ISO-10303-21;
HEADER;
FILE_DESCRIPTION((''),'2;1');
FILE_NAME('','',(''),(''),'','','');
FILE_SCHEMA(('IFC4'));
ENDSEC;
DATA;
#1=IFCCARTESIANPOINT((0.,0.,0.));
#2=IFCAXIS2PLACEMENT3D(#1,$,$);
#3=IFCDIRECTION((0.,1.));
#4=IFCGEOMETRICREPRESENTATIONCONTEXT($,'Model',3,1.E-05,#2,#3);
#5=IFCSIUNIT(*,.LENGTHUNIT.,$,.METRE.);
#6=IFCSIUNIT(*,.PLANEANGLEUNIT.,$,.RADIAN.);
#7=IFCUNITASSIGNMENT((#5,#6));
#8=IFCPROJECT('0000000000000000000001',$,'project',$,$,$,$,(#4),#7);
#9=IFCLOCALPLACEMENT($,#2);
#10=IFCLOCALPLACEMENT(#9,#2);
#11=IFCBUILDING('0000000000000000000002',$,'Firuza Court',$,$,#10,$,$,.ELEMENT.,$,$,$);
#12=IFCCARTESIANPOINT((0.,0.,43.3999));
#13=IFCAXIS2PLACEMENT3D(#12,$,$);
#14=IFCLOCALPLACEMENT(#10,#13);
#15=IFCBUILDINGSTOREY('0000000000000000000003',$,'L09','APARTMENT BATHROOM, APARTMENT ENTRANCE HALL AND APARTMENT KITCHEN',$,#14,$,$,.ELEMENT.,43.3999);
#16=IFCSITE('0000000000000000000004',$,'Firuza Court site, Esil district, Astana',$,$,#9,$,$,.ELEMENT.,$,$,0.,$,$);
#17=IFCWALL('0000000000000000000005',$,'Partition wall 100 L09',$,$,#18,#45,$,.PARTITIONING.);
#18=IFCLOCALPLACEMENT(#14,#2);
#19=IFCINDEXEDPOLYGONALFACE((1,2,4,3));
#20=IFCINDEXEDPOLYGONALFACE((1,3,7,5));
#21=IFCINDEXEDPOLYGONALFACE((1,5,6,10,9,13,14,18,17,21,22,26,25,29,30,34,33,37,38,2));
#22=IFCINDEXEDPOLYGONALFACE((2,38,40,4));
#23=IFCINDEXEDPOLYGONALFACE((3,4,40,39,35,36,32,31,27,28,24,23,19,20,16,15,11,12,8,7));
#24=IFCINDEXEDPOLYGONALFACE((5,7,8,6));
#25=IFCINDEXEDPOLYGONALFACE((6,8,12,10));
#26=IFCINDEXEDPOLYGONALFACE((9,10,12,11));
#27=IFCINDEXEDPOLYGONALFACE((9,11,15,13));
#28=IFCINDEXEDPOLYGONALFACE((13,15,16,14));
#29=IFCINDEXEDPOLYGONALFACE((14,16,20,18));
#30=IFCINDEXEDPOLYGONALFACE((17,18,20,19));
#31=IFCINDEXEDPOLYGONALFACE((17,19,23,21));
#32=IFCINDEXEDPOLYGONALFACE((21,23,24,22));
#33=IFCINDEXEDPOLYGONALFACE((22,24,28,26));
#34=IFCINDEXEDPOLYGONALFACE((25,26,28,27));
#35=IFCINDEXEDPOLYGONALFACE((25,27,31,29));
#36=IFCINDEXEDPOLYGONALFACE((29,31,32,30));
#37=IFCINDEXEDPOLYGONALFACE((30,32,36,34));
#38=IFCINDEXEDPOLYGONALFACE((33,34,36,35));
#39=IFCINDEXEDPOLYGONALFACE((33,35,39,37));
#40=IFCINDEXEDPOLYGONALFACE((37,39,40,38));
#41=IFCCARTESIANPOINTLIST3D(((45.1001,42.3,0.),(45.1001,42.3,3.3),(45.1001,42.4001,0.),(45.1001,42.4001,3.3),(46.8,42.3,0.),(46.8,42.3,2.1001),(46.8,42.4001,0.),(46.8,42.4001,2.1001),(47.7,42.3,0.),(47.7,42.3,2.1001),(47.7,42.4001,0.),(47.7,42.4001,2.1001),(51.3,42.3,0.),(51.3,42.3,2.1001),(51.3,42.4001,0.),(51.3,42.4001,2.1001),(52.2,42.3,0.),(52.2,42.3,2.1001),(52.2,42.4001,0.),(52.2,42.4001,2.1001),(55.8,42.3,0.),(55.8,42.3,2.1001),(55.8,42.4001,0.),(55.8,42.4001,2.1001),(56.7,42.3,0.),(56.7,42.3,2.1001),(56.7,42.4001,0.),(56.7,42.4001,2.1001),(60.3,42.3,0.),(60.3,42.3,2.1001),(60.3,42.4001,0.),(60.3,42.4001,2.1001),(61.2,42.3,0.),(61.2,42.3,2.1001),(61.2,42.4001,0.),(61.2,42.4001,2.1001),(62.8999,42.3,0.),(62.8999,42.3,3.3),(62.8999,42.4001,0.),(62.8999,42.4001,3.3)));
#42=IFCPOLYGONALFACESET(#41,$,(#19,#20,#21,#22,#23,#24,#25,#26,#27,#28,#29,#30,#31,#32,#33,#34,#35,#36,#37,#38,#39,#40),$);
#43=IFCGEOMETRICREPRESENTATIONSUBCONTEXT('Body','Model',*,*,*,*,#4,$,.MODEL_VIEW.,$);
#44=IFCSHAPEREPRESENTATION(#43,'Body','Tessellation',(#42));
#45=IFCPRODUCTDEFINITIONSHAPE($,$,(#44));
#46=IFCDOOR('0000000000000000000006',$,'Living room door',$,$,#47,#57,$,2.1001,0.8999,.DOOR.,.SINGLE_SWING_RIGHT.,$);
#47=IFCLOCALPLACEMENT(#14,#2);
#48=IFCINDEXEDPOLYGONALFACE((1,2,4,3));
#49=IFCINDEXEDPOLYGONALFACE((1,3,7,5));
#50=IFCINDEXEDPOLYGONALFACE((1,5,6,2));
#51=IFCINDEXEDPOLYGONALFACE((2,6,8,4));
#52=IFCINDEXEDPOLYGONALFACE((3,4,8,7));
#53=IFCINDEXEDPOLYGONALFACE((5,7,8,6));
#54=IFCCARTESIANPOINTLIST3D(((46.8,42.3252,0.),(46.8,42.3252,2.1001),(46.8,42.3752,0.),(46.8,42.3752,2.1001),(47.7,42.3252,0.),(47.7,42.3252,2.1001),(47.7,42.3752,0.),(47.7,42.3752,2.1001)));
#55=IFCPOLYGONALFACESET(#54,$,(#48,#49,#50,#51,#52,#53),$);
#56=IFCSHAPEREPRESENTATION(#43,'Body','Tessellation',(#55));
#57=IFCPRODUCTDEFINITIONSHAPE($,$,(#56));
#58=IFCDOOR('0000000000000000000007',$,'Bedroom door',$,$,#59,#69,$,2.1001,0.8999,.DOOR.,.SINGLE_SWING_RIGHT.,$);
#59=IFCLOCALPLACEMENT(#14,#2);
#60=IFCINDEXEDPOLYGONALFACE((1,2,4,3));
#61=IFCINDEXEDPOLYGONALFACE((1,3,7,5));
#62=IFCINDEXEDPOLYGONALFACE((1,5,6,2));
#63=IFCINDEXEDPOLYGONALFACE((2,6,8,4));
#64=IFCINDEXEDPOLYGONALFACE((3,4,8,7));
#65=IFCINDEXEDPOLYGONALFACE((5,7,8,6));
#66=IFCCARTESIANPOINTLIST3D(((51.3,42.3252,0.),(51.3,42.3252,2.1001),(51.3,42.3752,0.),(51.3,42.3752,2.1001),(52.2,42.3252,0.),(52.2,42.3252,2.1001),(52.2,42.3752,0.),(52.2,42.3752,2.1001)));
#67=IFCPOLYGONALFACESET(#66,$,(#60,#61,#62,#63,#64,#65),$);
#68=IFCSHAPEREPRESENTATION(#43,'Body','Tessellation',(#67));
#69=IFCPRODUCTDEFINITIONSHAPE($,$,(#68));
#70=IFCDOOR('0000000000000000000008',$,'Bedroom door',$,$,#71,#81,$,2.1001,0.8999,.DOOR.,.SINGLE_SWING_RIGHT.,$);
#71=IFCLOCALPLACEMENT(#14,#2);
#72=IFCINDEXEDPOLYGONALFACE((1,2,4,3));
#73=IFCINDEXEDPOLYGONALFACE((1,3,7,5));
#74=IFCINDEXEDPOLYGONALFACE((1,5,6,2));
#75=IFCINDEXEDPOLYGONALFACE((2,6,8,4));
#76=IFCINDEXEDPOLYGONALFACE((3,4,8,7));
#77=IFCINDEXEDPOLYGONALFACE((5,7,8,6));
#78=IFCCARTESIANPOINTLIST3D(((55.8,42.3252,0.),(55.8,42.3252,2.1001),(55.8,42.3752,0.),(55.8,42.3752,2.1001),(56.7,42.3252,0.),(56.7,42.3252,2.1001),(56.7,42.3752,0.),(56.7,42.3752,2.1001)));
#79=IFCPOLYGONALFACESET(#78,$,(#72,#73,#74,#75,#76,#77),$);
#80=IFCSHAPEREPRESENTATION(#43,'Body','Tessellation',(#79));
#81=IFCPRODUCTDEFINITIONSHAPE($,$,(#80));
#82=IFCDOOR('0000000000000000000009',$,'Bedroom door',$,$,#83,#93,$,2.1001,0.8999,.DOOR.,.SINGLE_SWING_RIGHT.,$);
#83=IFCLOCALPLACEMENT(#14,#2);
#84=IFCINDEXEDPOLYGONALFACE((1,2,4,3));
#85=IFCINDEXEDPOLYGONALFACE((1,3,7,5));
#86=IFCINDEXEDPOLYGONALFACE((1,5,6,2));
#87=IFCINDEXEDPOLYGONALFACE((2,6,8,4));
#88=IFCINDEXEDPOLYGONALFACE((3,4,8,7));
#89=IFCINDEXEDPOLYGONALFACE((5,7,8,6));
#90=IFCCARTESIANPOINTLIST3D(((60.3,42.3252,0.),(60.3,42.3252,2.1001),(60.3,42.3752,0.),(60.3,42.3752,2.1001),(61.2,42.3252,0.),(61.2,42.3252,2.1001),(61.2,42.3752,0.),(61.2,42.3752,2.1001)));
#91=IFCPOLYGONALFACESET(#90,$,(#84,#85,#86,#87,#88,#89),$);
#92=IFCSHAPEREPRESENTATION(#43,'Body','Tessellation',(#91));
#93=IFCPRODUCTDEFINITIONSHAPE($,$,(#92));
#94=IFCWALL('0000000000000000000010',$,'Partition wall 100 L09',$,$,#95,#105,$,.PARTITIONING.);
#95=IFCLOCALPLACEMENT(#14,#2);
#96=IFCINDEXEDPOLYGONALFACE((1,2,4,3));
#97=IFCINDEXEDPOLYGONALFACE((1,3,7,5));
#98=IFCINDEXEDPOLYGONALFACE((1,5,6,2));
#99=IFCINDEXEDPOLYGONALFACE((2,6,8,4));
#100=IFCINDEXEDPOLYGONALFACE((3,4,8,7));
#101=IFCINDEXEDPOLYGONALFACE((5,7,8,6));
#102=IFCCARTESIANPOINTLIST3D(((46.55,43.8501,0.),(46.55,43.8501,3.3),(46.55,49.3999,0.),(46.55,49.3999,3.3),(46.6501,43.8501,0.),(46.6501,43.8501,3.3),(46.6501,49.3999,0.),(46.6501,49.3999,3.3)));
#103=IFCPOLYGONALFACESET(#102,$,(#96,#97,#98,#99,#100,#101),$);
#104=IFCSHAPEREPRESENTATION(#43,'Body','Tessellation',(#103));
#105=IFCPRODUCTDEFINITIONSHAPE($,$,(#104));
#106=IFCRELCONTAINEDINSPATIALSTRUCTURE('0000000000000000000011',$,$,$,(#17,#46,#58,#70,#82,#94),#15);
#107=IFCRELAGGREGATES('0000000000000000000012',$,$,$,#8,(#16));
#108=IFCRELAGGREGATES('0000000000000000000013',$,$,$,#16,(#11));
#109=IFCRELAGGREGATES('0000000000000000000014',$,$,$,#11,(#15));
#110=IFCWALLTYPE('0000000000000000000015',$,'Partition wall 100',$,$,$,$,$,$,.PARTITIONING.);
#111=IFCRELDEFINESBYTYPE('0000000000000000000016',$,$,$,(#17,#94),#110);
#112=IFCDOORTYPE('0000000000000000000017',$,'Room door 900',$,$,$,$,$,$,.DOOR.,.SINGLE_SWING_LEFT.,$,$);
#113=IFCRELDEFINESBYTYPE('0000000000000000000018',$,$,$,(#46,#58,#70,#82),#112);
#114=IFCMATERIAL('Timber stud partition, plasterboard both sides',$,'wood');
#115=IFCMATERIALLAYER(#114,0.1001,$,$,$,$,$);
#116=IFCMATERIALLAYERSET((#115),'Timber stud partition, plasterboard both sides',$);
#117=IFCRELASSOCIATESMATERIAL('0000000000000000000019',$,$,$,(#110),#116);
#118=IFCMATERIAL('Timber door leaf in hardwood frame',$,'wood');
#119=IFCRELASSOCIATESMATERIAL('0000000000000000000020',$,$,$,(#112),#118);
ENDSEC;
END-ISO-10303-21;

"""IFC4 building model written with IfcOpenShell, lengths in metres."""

from ifc_helpers import new_model, si_unit, direction, frame, frame_2d, origin, place, context, subcontext, project, spatial, rectangle, extrude, material, layer, layer_set, type_object, element, fill, save


model = new_model("IFC4")

# Units and contexts
model_context = context("Model", 3, precision=1e-05, world=origin(), true_north=direction((0.0, 1.0)))
body_context = subcontext(model_context, "Body", "Model", "MODEL_VIEW")
ifc_project = project(units=[si_unit("LENGTHUNIT", "METRE"), si_unit("PLANEANGLEUNIT", "RADIAN")], contexts=[model_context])

# Site, building, storey
site_placement = place(None, origin())
site = spatial("IfcSite", under=ifc_project, at=site_placement, Name="Firuza Court site, Esil district, Astana", CompositionType="ELEMENT", RefElevation=0.0)
building_placement = place(site_placement, origin())
building = spatial("IfcBuilding", under=site, at=building_placement, Name="Firuza Court", CompositionType="ELEMENT")
storey_placement = place(building_placement, frame((0.0, 0.0, 43.3999)))
storey = spatial("IfcBuildingStorey", under=building, at=storey_placement, Name="L09", Description="APARTMENT BATHROOM, APARTMENT ENTRANCE HALL AND APARTMENT KITCHEN", CompositionType="ELEMENT", Elevation=43.3999)

# Shared definitions
ifc_material_1 = material(Name="Timber stud partition, plasterboard both sides", Category="wood")
ifc_layer_1 = layer(ifc_material_1, 0.1001)
ifc_layer_set_1 = layer_set([ifc_layer_1], Name="Timber stud partition, plasterboard both sides")
wall_type_1 = type_object("IfcWallType", Name="Partition wall 100", PredefinedType="PARTITIONING", material=ifc_layer_set_1)

# Wall, openings, doors
wall_1_placement = place(storey_placement, frame((45.1001, 42.3501, 0.0), z_axis=(0.0, 0.0, 1.0), x_axis=(1.0, 0.0, 0.0)))
wall_1 = element("IfcWall", 1, at=wall_1_placement, inside=storey, type_object=wall_type_1, Name="Partition wall 100 L09", PredefinedType="PARTITIONING", context=body_context, shape_type="SweptSolid", body=[
    extrude(rectangle(XDim=17.7998, YDim=0.1001, at=frame_2d((8.8999, 0.0))), origin(), (0.0, 0.0, 1.0), 3.3),
])
opening_1_placement = place(wall_1_placement, frame((1.7, 0.0, 0.0)))
opening_1 = element("IfcOpeningElement", 2, at=opening_1_placement, cuts=wall_1, PredefinedType="OPENING", context=body_context, shape_type="SweptSolid", body=[
    extrude(rectangle(XDim=0.8999, YDim=2.1001, at=frame_2d((0.45, 1.05))), frame((0.0, 0.062, 0.0), z_axis=(0.0, -1.0, 0.0), x_axis=(1.0, 0.0, 0.0)), (0.0, 0.0, 1.0), 0.124),
])
opening_2_placement = place(wall_1_placement, frame((6.2, 0.0, 0.0)))
opening_2 = element("IfcOpeningElement", 3, at=opening_2_placement, cuts=wall_1, PredefinedType="OPENING", context=body_context, shape_type="SweptSolid", body=[
    extrude(rectangle(XDim=0.8999, YDim=2.1001, at=frame_2d((0.45, 1.05))), frame((0.0, 0.062, 0.0), z_axis=(0.0, -1.0, 0.0), x_axis=(1.0, 0.0, 0.0)), (0.0, 0.0, 1.0), 0.124),
])
opening_3_placement = place(wall_1_placement, frame((10.7, 0.0, 0.0)))
opening_3 = element("IfcOpeningElement", 4, at=opening_3_placement, cuts=wall_1, PredefinedType="OPENING", context=body_context, shape_type="SweptSolid", body=[
    extrude(rectangle(XDim=0.8999, YDim=2.1001, at=frame_2d((0.45, 1.05))), frame((0.0, 0.062, 0.0), z_axis=(0.0, -1.0, 0.0), x_axis=(1.0, 0.0, 0.0)), (0.0, 0.0, 1.0), 0.124),
])
opening_4_placement = place(wall_1_placement, frame((15.2, 0.0, 0.0)))
opening_4 = element("IfcOpeningElement", 5, at=opening_4_placement, cuts=wall_1, PredefinedType="OPENING", context=body_context, shape_type="SweptSolid", body=[
    extrude(rectangle(XDim=0.8999, YDim=2.1001, at=frame_2d((0.45, 1.05))), frame((0.0, 0.062, 0.0), z_axis=(0.0, -1.0, 0.0), x_axis=(1.0, 0.0, 0.0)), (0.0, 0.0, 1.0), 0.124),
])
ifc_material_2 = material(Name="Timber door leaf in hardwood frame", Category="wood")
door_type_1 = type_object("IfcDoorType", Name="Room door 900", OperationType="SINGLE_SWING_LEFT", PredefinedType="DOOR", material=ifc_material_2)
door_1_placement = place(opening_1_placement, frame((0.8999, 0.0, 0.0), z_axis=(0.0, 0.0, 1.0), x_axis=(-1.0, 0.0, 0.0)))
door_1 = element("IfcDoor", 6, at=door_1_placement, inside=storey, type_object=door_type_1, Name="Living room door", OperationType="SINGLE_SWING_RIGHT", OverallHeight=2.1001, OverallWidth=0.8999, PredefinedType="DOOR", context=body_context, shape_type="SweptSolid", body=[
    extrude(rectangle(XDim=0.8999, YDim=2.1001, at=frame_2d((0.45, 1.05))), frame((0.0, 0.0249, 0.0), z_axis=(0.0, -1.0, 0.0), x_axis=(1.0, 0.0, 0.0)), (0.0, 0.0, 1.0), 0.05),
])
fill(opening_1, door_1)
door_2_placement = place(opening_2_placement, frame((0.8999, 0.0, 0.0), z_axis=(0.0, 0.0, 1.0), x_axis=(-1.0, 0.0, 0.0)))
door_2 = element("IfcDoor", 7, at=door_2_placement, inside=storey, type_object=door_type_1, Name="Bedroom door", OperationType="SINGLE_SWING_RIGHT", OverallHeight=2.1001, OverallWidth=0.8999, PredefinedType="DOOR", context=body_context, shape_type="SweptSolid", body=[
    extrude(rectangle(XDim=0.8999, YDim=2.1001, at=frame_2d((0.45, 1.05))), frame((0.0, 0.0249, 0.0), z_axis=(0.0, -1.0, 0.0), x_axis=(1.0, 0.0, 0.0)), (0.0, 0.0, 1.0), 0.05),
])
fill(opening_2, door_2)
door_3_placement = place(opening_3_placement, frame((0.8999, 0.0, 0.0), z_axis=(0.0, 0.0, 1.0), x_axis=(-1.0, 0.0, 0.0)))
door_3 = element("IfcDoor", 8, at=door_3_placement, inside=storey, type_object=door_type_1, Name="Bedroom door", OperationType="SINGLE_SWING_RIGHT", OverallHeight=2.1001, OverallWidth=0.8999, PredefinedType="DOOR", context=body_context, shape_type="SweptSolid", body=[
    extrude(rectangle(XDim=0.8999, YDim=2.1001, at=frame_2d((0.45, 1.05))), frame((0.0, 0.0249, 0.0), z_axis=(0.0, -1.0, 0.0), x_axis=(1.0, 0.0, 0.0)), (0.0, 0.0, 1.0), 0.05),
])
fill(opening_3, door_3)
door_4_placement = place(opening_4_placement, frame((0.8999, 0.0, 0.0), z_axis=(0.0, 0.0, 1.0), x_axis=(-1.0, 0.0, 0.0)))
door_4 = element("IfcDoor", 9, at=door_4_placement, inside=storey, type_object=door_type_1, Name="Bedroom door", OperationType="SINGLE_SWING_RIGHT", OverallHeight=2.1001, OverallWidth=0.8999, PredefinedType="DOOR", context=body_context, shape_type="SweptSolid", body=[
    extrude(rectangle(XDim=0.8999, YDim=2.1001, at=frame_2d((0.45, 1.05))), frame((0.0, 0.0249, 0.0), z_axis=(0.0, -1.0, 0.0), x_axis=(1.0, 0.0, 0.0)), (0.0, 0.0, 1.0), 0.05),
])
fill(opening_4, door_4)

# Wall
wall_2_placement = place(storey_placement, frame((46.6001, 43.8501, 0.0), z_axis=(0.0, 0.0, 1.0), x_axis=(0.0, 1.0, 0.0)))
element("IfcWall", 10, at=wall_2_placement, inside=storey, type_object=wall_type_1, Name="Partition wall 100 L09", PredefinedType="PARTITIONING", context=body_context, shape_type="SweptSolid", body=[
    extrude(rectangle(XDim=5.5498, YDim=0.1001, at=frame_2d((2.7749, 0.0))), origin(), (0.0, 0.0, 1.0), 3.3),
])

save(model, "model.ifc")
